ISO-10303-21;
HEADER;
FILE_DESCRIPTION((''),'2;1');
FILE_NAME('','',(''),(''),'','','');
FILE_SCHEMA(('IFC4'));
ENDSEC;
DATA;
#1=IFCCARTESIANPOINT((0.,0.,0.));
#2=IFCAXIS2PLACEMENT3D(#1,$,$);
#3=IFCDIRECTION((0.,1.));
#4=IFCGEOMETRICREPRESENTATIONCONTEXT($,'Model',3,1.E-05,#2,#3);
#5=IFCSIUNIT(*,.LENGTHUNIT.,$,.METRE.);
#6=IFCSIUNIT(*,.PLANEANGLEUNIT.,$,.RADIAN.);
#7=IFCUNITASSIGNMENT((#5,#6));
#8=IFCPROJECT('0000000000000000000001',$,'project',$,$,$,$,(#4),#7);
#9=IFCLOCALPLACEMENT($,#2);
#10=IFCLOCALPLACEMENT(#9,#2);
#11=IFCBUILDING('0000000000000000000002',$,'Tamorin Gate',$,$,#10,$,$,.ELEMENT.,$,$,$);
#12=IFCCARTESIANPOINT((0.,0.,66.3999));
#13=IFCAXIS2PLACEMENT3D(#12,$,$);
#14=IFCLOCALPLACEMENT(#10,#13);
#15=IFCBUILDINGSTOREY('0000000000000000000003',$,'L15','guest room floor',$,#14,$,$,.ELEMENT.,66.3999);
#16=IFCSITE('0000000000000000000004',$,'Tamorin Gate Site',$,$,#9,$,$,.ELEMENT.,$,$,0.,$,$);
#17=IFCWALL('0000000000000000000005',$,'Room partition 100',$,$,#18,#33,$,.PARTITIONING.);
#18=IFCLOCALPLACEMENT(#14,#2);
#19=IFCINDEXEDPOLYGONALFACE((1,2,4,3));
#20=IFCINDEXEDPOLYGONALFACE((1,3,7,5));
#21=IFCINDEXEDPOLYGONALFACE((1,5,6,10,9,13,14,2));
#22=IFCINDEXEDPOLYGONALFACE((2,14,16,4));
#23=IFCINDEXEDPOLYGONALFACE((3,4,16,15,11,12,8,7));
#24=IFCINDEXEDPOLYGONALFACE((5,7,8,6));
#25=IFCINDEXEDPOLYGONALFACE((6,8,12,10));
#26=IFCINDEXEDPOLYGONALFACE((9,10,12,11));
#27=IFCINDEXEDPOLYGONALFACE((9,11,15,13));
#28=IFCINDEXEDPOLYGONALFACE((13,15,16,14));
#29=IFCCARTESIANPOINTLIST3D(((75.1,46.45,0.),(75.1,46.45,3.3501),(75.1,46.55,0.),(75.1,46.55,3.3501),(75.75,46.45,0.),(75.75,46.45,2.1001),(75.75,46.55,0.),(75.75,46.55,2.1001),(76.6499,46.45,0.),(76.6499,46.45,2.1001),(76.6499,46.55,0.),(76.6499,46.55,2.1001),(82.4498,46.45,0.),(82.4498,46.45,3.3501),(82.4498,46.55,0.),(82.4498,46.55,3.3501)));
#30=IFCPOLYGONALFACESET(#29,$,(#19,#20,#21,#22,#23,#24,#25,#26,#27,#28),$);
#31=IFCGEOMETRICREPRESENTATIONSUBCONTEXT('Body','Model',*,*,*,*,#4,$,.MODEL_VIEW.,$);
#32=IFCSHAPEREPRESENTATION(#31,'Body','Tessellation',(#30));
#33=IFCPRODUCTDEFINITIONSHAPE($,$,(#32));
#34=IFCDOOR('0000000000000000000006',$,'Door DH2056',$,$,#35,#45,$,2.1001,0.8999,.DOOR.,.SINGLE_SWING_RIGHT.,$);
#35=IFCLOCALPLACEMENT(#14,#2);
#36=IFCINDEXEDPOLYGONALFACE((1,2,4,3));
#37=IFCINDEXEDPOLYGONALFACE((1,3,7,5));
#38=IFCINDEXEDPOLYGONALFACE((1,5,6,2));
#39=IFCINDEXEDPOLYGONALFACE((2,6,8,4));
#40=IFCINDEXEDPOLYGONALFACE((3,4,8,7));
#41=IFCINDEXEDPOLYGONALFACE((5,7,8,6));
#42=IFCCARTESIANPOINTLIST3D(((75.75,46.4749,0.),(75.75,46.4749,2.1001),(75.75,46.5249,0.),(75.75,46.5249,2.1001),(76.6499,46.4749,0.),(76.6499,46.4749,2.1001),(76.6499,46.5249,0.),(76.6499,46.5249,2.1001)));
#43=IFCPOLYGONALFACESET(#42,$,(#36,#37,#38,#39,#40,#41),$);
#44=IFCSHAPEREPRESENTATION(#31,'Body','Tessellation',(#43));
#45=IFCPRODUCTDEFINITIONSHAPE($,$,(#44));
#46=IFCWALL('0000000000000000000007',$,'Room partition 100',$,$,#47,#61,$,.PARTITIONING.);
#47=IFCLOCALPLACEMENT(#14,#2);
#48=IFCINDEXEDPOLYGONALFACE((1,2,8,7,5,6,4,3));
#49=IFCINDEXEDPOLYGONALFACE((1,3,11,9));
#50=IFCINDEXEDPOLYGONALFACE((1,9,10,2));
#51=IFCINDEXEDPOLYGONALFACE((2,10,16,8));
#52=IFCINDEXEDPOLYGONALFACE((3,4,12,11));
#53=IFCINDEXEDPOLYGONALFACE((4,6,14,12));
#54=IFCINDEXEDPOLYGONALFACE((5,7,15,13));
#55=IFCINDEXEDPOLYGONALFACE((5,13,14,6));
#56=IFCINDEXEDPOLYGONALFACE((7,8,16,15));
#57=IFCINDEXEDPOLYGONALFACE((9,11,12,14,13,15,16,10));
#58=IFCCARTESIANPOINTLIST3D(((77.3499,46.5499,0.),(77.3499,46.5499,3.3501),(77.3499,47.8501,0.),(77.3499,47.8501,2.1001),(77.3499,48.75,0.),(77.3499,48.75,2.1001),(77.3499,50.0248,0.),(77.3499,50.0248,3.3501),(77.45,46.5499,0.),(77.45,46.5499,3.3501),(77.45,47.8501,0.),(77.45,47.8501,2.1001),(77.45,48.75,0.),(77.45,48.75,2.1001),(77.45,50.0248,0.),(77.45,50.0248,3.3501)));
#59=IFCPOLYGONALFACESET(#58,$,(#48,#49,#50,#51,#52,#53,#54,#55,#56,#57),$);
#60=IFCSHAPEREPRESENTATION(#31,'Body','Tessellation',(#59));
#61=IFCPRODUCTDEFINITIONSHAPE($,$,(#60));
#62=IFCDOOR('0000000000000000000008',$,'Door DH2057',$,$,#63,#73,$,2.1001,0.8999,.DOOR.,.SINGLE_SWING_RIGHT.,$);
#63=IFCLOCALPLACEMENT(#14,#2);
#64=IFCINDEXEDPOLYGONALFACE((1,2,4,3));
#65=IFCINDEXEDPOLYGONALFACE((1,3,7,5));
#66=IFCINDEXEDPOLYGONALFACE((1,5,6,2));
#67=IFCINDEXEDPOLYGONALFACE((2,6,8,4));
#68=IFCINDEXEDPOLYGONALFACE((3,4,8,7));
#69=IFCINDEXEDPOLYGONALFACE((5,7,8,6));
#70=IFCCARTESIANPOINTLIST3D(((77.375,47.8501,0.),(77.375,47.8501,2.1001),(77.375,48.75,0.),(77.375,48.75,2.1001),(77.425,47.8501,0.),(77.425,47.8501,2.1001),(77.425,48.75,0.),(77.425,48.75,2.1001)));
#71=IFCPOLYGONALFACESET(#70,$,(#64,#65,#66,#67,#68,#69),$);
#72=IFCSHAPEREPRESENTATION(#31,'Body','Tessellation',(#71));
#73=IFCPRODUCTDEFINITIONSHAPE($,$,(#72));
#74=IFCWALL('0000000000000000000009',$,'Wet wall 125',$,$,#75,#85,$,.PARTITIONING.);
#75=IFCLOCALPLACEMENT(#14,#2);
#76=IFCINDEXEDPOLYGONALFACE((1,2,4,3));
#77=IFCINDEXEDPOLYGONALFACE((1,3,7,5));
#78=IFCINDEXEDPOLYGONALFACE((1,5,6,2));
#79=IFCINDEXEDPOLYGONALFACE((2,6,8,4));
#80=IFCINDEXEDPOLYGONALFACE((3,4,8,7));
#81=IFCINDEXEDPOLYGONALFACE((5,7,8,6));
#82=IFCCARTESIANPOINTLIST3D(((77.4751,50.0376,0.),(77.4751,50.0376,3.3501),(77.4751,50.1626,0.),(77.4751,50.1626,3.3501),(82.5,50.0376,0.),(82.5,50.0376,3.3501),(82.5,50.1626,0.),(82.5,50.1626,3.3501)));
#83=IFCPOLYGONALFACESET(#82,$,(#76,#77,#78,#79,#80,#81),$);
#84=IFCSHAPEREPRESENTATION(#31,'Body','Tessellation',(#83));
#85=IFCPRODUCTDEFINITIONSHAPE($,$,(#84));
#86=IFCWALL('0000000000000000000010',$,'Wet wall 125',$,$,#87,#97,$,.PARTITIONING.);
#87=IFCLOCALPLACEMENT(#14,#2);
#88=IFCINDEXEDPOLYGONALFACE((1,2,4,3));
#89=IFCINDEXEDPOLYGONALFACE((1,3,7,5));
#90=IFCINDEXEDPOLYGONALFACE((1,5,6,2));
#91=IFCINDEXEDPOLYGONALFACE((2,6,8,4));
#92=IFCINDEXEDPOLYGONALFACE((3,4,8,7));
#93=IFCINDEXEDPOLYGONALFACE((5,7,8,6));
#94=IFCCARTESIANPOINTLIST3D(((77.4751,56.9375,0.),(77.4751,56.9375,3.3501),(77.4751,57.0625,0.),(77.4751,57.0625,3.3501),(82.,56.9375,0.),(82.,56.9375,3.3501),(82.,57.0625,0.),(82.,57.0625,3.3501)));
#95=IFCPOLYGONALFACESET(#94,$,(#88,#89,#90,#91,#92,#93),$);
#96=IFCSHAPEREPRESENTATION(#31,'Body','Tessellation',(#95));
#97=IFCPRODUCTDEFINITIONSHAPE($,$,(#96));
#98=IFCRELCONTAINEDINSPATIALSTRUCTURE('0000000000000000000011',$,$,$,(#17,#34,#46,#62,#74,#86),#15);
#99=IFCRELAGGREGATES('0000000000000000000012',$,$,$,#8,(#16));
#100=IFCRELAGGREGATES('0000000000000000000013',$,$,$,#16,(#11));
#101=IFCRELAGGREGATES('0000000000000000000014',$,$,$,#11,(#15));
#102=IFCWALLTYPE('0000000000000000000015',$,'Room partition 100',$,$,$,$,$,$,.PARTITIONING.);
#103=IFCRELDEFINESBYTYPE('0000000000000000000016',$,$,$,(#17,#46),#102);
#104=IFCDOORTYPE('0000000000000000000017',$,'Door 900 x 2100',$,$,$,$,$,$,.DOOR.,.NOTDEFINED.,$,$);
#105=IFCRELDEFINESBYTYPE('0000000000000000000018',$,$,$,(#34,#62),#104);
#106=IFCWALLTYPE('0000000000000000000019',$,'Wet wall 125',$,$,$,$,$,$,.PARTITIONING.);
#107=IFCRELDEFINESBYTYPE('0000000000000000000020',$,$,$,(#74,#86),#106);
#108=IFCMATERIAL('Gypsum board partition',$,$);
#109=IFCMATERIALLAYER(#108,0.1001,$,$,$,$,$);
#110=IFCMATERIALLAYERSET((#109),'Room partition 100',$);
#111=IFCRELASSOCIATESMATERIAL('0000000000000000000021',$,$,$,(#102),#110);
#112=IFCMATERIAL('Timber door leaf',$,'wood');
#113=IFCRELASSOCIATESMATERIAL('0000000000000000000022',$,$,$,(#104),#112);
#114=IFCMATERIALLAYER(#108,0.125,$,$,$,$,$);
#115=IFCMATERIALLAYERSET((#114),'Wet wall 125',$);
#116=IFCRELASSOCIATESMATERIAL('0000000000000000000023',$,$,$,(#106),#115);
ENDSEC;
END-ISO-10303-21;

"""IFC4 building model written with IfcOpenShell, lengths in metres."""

from ifc_helpers import new_model, si_unit, direction, frame, frame_2d, origin, place, context, subcontext, project, spatial, rectangle, extrude, material, layer, layer_set, type_object, element, fill, save


model = new_model("IFC4")

# Units and contexts
model_context = context("Model", 3, precision=1e-05, world=origin(), true_north=direction((0.0, 1.0)))
body_context = subcontext(model_context, "Body", "Model", "MODEL_VIEW")
ifc_project = project(units=[si_unit("LENGTHUNIT", "METRE"), si_unit("PLANEANGLEUNIT", "RADIAN")], contexts=[model_context])

# Site, building, storey
site_placement = place(None, origin())
site = spatial("IfcSite", under=ifc_project, at=site_placement, Name="Tamorin Gate Site", CompositionType="ELEMENT", RefElevation=0.0)
building_placement = place(site_placement, origin())
building = spatial("IfcBuilding", under=site, at=building_placement, Name="Tamorin Gate", CompositionType="ELEMENT")
storey_placement = place(building_placement, frame((0.0, 0.0, 66.3999)))
storey = spatial("IfcBuildingStorey", under=building, at=storey_placement, Name="L15", Description="guest room floor", CompositionType="ELEMENT", Elevation=66.3999)

# Shared definitions
ifc_material_1 = material(Name="Gypsum board partition")
ifc_material_2 = material(Name="Timber door leaf", Category="wood")

# Walls, openings, doors
ifc_layer_1 = layer(ifc_material_1, 0.1001)
ifc_layer_set_1 = layer_set([ifc_layer_1], Name="Room partition 100")
wall_type_1 = type_object("IfcWallType", Name="Room partition 100", PredefinedType="PARTITIONING", material=ifc_layer_set_1)
wall_1_placement = place(storey_placement, frame((75.1001, 46.5, 0.0), z_axis=(0.0, 0.0, 1.0), x_axis=(1.0, 0.0, 0.0)))
wall_1 = element("IfcWall", 1, at=wall_1_placement, inside=storey, type_object=wall_type_1, Name="Room partition 100", PredefinedType="PARTITIONING", context=body_context, shape_type="SweptSolid", body=[
    extrude(rectangle(XDim=7.3499, YDim=0.1001, at=frame_2d((3.6748, 0.0))), origin(), (0.0, 0.0, 1.0), 3.3501),
])
opening_1_placement = place(wall_1_placement, frame((0.6499, 0.0, 0.0)))
opening_1 = element("IfcOpeningElement", 2, at=opening_1_placement, cuts=wall_1, PredefinedType="OPENING", context=body_context, shape_type="SweptSolid", body=[
    extrude(rectangle(XDim=0.8999, YDim=2.1001, at=frame_2d((0.45, 1.05))), frame((0.0, 0.0601, 0.0), z_axis=(0.0, -1.0, 0.0), x_axis=(1.0, 0.0, 0.0)), (0.0, 0.0, 1.0), 0.1201),
])
door_type_1 = type_object("IfcDoorType", Name="Door 900 x 2100", OperationType="NOTDEFINED", PredefinedType="DOOR", material=ifc_material_2)
door_1_placement = place(opening_1_placement, origin())
door_1 = element("IfcDoor", 3, at=door_1_placement, inside=storey, type_object=door_type_1, Name="Door DH2056", OperationType="SINGLE_SWING_RIGHT", OverallHeight=2.1001, OverallWidth=0.8999, PredefinedType="DOOR", context=body_context, shape_type="SweptSolid", body=[
    extrude(rectangle(XDim=0.8999, YDim=2.1001, at=frame_2d((0.45, 1.05))), frame((0.0, 0.0249, 0.0), z_axis=(0.0, -1.0, 0.0), x_axis=(1.0, 0.0, 0.0)), (0.0, 0.0, 1.0), 0.05),
])
fill(opening_1, door_1)
wall_2_placement = place(storey_placement, frame((77.3999, 46.55, 0.0), z_axis=(0.0, 0.0, 1.0), x_axis=(0.0, 1.0, 0.0)))
wall_2 = element("IfcWall", 4, at=wall_2_placement, inside=storey, type_object=wall_type_1, Name="Room partition 100", PredefinedType="PARTITIONING", context=body_context, shape_type="SweptSolid", body=[
    extrude(rectangle(XDim=3.4749, YDim=0.1001, at=frame_2d((1.7373, 0.0))), origin(), (0.0, 0.0, 1.0), 3.3501),
])
opening_2_placement = place(wall_2_placement, frame((1.3, 0.0, 0.0)))
opening_2 = element("IfcOpeningElement", 5, at=opening_2_placement, cuts=wall_2, PredefinedType="OPENING", context=body_context, shape_type="SweptSolid", body=[
    extrude(rectangle(XDim=0.8999, YDim=2.1001, at=frame_2d((0.45, 1.05))), frame((0.0, 0.0601, 0.0), z_axis=(0.0, -1.0, 0.0), x_axis=(1.0, 0.0, 0.0)), (0.0, 0.0, 1.0), 0.1201),
])
door_2_placement = place(opening_2_placement, origin())
door_2 = element("IfcDoor", 6, at=door_2_placement, inside=storey, type_object=door_type_1, Name="Door DH2057", OperationType="SINGLE_SWING_RIGHT", OverallHeight=2.1001, OverallWidth=0.8999, PredefinedType="DOOR", context=body_context, shape_type="SweptSolid", body=[
    extrude(rectangle(XDim=0.8999, YDim=2.1001, at=frame_2d((0.45, 1.05))), frame((0.0, 0.0249, 0.0), z_axis=(0.0, -1.0, 0.0), x_axis=(1.0, 0.0, 0.0)), (0.0, 0.0, 1.0), 0.05),
])
fill(opening_2, door_2)

# Walls
ifc_layer_2 = layer(ifc_material_1, 0.125)
ifc_layer_set_2 = layer_set([ifc_layer_2], Name="Wet wall 125")
wall_type_2 = type_object("IfcWallType", Name="Wet wall 125", PredefinedType="PARTITIONING", material=ifc_layer_set_2)
wall_3_placement = place(storey_placement, frame((77.4751, 50.1001, 0.0), z_axis=(0.0, 0.0, 1.0), x_axis=(1.0, 0.0, 0.0)))
element("IfcWall", 7, at=wall_3_placement, inside=storey, type_object=wall_type_2, Name="Wet wall 125", PredefinedType="PARTITIONING", context=body_context, shape_type="SweptSolid", body=[
    extrude(rectangle(XDim=5.0249, YDim=0.125, at=frame_2d((2.5125, 0.0))), origin(), (0.0, 0.0, 1.0), 3.3501),
])
wall_4_placement = place(storey_placement, frame((77.4751, 57.0, 0.0), z_axis=(0.0, 0.0, 1.0), x_axis=(1.0, 0.0, 0.0)))
element("IfcWall", 8, at=wall_4_placement, inside=storey, type_object=wall_type_2, Name="Wet wall 125", PredefinedType="PARTITIONING", context=body_context, shape_type="SweptSolid", body=[
    extrude(rectangle(XDim=4.5249, YDim=0.125, at=frame_2d((2.2625, 0.0))), origin(), (0.0, 0.0, 1.0), 3.3501),
])

save(model, "model.ifc")
